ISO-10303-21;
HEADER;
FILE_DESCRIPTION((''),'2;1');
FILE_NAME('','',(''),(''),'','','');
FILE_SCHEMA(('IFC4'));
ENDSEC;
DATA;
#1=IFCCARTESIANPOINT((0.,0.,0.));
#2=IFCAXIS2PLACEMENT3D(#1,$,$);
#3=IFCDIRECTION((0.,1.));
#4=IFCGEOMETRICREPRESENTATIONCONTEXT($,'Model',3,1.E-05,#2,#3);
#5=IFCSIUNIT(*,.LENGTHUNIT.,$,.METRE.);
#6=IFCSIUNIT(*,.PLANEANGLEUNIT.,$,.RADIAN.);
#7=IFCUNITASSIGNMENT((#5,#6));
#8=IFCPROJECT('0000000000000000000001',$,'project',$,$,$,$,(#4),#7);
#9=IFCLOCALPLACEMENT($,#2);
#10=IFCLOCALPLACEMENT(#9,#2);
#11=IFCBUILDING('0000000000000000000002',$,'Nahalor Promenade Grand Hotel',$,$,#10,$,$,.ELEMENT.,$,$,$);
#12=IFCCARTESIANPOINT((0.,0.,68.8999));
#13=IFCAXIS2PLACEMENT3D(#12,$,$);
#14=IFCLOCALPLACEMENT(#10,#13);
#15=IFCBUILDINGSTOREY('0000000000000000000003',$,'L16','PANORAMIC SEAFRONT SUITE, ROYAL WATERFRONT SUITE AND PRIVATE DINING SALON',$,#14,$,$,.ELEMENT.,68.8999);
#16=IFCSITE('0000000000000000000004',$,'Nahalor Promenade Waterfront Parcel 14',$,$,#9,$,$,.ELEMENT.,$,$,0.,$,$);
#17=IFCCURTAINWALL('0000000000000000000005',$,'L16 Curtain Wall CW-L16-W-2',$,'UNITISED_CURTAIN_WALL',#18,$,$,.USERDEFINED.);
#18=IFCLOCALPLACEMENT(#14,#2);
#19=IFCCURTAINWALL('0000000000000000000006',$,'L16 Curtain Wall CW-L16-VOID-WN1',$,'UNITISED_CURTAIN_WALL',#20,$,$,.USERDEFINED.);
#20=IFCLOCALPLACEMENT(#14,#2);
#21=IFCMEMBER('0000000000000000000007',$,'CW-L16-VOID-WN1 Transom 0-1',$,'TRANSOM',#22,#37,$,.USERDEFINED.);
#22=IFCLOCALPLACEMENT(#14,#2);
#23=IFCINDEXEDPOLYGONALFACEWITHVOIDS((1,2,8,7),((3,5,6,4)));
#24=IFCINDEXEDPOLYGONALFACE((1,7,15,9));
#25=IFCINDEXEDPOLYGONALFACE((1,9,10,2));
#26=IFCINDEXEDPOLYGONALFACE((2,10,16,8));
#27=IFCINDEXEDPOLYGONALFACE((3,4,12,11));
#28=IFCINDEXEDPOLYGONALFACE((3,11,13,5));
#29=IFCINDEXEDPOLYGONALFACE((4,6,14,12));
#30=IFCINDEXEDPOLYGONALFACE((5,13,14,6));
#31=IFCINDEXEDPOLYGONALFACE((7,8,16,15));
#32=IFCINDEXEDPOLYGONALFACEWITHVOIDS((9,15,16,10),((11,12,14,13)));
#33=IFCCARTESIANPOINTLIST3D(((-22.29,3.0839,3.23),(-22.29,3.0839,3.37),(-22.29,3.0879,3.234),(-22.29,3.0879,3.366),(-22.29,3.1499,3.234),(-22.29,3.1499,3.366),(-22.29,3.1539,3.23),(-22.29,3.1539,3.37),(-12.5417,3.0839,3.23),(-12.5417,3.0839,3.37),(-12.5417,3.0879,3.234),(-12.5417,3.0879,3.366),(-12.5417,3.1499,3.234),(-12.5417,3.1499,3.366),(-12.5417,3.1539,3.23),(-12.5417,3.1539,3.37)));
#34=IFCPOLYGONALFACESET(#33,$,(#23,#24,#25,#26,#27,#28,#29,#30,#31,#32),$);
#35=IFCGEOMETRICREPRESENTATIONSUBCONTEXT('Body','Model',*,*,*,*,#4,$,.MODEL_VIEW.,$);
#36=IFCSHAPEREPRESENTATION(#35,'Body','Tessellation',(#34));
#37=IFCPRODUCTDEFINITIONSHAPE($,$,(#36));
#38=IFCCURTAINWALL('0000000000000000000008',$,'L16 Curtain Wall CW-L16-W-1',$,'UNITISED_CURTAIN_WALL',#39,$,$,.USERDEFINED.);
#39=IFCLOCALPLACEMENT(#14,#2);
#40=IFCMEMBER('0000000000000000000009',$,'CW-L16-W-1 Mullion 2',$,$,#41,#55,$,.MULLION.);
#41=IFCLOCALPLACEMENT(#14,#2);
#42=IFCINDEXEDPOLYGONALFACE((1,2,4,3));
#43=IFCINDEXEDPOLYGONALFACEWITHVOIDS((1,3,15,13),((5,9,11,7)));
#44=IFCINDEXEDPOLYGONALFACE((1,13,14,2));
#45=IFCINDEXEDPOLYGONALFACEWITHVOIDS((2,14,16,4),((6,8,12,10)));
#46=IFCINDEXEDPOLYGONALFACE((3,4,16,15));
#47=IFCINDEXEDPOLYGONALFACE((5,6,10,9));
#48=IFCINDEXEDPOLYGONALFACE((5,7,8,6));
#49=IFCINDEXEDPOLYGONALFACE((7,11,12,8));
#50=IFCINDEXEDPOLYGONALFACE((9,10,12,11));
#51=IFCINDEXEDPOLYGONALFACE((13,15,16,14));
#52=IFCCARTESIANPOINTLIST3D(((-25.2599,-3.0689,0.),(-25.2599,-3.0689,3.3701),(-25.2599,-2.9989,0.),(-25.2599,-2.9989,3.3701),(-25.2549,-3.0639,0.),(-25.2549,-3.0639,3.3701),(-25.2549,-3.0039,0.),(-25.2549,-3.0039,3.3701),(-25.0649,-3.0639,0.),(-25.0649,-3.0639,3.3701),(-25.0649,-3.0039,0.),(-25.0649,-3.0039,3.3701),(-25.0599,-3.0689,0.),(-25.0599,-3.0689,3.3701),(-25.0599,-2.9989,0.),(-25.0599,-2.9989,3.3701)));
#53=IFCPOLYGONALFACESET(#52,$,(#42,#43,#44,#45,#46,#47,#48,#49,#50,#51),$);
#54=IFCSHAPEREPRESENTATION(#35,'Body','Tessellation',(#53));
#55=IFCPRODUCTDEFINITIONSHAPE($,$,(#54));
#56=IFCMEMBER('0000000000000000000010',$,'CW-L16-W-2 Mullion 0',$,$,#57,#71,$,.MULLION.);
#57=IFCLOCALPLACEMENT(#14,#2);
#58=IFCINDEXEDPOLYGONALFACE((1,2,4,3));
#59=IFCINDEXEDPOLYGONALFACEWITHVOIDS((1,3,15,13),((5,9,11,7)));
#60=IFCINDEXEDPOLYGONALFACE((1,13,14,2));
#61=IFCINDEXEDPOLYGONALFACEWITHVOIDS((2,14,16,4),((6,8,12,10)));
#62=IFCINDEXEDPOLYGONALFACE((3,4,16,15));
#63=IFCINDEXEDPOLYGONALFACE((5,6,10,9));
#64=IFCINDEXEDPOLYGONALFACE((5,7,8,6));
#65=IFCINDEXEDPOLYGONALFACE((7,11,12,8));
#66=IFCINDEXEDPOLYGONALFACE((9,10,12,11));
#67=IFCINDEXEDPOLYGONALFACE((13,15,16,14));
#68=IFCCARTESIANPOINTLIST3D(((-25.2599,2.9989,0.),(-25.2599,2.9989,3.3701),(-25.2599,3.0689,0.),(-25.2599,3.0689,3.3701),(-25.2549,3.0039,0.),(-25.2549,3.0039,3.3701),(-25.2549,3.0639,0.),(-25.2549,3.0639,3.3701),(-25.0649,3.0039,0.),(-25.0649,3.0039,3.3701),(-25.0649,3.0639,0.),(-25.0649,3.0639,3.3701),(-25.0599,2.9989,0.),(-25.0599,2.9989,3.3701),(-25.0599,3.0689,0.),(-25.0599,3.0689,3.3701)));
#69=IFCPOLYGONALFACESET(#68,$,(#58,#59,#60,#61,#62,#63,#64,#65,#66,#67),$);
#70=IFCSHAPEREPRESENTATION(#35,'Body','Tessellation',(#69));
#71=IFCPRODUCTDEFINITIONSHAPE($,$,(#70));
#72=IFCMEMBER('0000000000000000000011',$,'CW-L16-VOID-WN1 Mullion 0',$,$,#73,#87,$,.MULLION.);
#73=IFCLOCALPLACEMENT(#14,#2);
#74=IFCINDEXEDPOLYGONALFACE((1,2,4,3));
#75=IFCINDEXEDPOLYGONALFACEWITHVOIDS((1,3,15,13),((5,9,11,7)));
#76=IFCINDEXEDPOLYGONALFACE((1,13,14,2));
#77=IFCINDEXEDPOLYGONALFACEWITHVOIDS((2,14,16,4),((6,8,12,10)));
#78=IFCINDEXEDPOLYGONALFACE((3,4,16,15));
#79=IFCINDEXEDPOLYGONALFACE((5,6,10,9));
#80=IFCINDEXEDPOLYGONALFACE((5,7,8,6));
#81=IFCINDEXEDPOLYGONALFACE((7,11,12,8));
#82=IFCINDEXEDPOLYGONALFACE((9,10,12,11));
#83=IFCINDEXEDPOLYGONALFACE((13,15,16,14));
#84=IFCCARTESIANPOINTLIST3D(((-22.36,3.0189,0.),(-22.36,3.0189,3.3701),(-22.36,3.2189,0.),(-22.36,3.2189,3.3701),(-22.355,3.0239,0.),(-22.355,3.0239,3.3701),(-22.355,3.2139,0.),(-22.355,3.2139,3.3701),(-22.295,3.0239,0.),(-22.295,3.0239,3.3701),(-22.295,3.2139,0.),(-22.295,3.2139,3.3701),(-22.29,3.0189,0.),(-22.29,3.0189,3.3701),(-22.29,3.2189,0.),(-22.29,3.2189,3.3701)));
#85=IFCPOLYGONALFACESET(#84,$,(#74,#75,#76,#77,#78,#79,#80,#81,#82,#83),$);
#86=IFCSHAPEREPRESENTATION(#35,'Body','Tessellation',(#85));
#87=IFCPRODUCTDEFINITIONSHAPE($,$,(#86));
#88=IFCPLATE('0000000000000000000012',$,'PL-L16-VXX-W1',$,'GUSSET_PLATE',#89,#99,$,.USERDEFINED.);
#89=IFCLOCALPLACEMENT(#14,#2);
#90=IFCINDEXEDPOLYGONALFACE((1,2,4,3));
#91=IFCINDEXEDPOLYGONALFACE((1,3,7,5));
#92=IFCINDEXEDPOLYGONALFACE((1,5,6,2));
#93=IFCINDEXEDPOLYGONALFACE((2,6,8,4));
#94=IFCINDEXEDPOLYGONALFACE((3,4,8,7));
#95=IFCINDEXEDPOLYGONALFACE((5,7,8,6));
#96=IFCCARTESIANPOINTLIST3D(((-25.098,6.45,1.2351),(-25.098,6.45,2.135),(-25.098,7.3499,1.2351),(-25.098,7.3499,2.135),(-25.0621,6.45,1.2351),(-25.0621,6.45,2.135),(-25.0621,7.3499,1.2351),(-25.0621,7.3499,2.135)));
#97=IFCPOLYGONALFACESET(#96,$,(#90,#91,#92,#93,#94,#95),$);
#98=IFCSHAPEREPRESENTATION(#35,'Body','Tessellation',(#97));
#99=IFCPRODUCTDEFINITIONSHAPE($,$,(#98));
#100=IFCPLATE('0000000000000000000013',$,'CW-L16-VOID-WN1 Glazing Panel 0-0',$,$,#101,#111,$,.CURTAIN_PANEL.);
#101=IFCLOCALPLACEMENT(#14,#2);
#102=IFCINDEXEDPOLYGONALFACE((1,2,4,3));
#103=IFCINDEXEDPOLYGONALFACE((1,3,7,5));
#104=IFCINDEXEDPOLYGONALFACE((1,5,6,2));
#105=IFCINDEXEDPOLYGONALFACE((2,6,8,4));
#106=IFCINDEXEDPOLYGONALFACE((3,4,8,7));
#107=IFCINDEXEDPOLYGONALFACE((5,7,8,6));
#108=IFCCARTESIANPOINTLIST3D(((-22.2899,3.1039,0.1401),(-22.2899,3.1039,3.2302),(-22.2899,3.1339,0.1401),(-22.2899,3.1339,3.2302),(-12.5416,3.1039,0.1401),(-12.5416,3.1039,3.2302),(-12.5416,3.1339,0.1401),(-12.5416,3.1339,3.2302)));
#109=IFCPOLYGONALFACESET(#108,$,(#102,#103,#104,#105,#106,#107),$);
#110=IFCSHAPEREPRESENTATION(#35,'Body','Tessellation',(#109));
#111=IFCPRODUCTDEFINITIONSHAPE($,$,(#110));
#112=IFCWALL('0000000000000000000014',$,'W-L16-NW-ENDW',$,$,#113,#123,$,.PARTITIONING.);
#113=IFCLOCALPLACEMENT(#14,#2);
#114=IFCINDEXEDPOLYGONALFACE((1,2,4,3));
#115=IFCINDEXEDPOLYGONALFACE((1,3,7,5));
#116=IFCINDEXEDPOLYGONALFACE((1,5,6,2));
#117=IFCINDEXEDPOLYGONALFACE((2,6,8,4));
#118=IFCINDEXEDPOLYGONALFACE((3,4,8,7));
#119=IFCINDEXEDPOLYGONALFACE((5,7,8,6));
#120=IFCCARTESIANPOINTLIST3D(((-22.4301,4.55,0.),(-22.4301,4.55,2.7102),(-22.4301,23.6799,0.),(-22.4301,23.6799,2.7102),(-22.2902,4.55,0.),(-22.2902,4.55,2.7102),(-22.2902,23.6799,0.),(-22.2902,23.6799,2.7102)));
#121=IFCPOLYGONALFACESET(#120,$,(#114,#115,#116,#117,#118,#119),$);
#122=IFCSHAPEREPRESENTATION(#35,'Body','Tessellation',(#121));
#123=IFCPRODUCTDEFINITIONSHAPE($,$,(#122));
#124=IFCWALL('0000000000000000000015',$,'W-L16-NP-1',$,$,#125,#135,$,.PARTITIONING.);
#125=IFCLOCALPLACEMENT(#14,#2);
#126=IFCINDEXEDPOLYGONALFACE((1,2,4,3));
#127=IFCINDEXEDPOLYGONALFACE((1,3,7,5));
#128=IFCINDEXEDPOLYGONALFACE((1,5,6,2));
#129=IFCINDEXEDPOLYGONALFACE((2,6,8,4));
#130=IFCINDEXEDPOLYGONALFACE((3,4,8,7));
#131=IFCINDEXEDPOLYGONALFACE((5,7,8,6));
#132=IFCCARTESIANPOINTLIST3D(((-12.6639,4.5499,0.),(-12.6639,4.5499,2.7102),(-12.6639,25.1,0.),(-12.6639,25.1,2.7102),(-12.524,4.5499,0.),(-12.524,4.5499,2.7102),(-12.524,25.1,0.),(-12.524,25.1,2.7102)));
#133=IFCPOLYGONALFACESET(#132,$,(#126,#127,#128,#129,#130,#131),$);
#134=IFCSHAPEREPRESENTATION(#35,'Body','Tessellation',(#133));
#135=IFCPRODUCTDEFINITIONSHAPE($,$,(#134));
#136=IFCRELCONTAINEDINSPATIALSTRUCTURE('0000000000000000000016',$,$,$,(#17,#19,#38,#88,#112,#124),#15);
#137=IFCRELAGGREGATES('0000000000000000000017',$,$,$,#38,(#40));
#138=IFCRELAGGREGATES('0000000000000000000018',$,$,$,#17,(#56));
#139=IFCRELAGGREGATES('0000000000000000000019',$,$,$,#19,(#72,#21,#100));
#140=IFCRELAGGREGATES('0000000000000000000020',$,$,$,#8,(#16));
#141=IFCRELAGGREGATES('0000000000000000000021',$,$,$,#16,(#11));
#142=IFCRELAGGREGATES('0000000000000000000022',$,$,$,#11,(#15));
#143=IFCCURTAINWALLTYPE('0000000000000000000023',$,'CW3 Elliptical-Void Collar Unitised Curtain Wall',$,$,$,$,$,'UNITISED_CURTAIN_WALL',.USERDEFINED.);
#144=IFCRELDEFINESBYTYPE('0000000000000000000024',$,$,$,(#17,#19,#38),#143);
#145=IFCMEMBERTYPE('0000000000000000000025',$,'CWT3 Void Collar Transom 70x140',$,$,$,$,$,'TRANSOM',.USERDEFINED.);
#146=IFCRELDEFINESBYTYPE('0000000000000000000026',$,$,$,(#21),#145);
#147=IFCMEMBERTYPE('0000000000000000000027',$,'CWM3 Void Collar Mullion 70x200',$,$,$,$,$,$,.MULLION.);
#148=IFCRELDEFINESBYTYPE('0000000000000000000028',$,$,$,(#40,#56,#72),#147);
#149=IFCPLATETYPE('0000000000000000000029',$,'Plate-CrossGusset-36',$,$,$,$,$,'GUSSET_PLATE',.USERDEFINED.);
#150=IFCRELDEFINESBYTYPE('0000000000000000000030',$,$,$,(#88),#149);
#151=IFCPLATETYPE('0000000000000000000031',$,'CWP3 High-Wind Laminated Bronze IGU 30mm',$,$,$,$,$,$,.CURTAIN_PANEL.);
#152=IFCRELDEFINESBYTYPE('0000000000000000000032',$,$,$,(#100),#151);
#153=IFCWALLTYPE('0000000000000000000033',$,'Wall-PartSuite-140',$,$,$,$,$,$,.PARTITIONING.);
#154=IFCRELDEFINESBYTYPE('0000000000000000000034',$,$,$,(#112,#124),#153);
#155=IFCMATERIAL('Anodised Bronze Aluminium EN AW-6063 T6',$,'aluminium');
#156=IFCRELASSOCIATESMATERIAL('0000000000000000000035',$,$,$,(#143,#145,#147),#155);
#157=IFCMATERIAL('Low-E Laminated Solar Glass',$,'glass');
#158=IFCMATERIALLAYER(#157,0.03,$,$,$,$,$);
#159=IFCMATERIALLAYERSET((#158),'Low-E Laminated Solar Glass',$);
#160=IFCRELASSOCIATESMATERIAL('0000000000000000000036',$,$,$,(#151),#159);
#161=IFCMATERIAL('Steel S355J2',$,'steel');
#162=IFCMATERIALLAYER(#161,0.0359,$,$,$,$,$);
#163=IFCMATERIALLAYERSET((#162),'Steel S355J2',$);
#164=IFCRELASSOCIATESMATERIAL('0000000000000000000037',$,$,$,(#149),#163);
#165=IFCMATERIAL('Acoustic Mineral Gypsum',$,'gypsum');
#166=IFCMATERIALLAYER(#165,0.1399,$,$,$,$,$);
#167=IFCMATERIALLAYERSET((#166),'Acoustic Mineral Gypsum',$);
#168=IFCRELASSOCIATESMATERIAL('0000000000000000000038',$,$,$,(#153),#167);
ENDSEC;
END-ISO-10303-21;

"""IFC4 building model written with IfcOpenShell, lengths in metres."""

from ifc_helpers import new_model, si_unit, direction, frame, frame_2d, origin, origin_2d, place, context, subcontext, project, spatial, rectangle, hollow_rectangle, extrude, source, transform, mapped, material, layer, layer_set, material_profile, profile_set, type_object, element, aggregate, save


model = new_model("IFC4")

# Units and contexts
model_context = context("Model", 3, precision=1e-05, world=origin(), true_north=direction((0.0, 1.0)))
body_context = subcontext(model_context, "Body", "Model", "MODEL_VIEW")
ifc_project = project(units=[si_unit("LENGTHUNIT", "METRE"), si_unit("PLANEANGLEUNIT", "RADIAN")], contexts=[model_context])

# Site, building, storey
site_placement = place(None, origin())
site = spatial("IfcSite", under=ifc_project, at=site_placement, Name="Nahalor Promenade Waterfront Parcel 14", CompositionType="ELEMENT", RefElevation=0.0)
building_placement = place(site_placement, origin())
building = spatial("IfcBuilding", under=site, at=building_placement, Name="Nahalor Promenade Grand Hotel", CompositionType="ELEMENT")
storey_placement = place(building_placement, frame((0.0, 0.0, 68.8999)))
storey = spatial("IfcBuildingStorey", under=building, at=storey_placement, Name="L16", Description="PANORAMIC SEAFRONT SUITE, ROYAL WATERFRONT SUITE AND PRIVATE DINING SALON", CompositionType="ELEMENT", Elevation=68.8999)

# Shared definitions
ifc_material_1 = material(Name="Steel S355J2", Category="steel")

# Curtain walls, member
ifc_material_2 = material(Name="Anodised Bronze Aluminium EN AW-6063 T6", Category="aluminium")
curtain_wall_type = type_object("IfcCurtainWallType", Name="CW3 Elliptical-Void Collar Unitised Curtain Wall", ElementType="UNITISED_CURTAIN_WALL", PredefinedType="USERDEFINED", material=ifc_material_2)
curtain_wall_1_placement = place(storey_placement, origin())
curtain_wall_1 = element("IfcCurtainWall", 1, at=curtain_wall_1_placement, inside=storey, type_object=curtain_wall_type, Name="L16 Curtain Wall CW-L16-W-2", ObjectType="UNITISED_CURTAIN_WALL", PredefinedType="USERDEFINED")
ifc_material_profile_1 = material_profile(ifc_material_2, hollow_rectangle(XDim=0.07, YDim=0.14, WallThickness=0.004, at=origin_2d()), Name="CWT 70x140x4")
ifc_profile_set_1 = profile_set([ifc_material_profile_1], Name="Anodised Bronze Aluminium EN AW-6063 T6")
member_type_1 = type_object("IfcMemberType", Name="CWT3 Void Collar Transom 70x140", ElementType="TRANSOM", PredefinedType="USERDEFINED", material=ifc_profile_set_1)
curtain_wall_2_placement = place(storey_placement, origin())
curtain_wall_2 = element("IfcCurtainWall", 2, at=curtain_wall_2_placement, inside=storey, type_object=curtain_wall_type, Name="L16 Curtain Wall CW-L16-VOID-WN1", ObjectType="UNITISED_CURTAIN_WALL", PredefinedType="USERDEFINED")
shared_shape_1 = source(origin(), body_context, "Body", "SweptSolid", [
    extrude(hollow_rectangle(XDim=0.07, YDim=0.14, WallThickness=0.004, at=origin_2d()), origin(), (0.0, 0.0, 1.0), 9.7483),
])
member_1_placement = place(storey_placement, frame((-22.29, 3.1189, 3.3), z_axis=(1.0, 0.0, 0.0), x_axis=(0.0, 1.0, 0.0)))
member_1 = element("IfcMember", 3, at=member_1_placement, type_object=member_type_1, Name="CW-L16-VOID-WN1 Transom 0-1", ObjectType="TRANSOM", PredefinedType="USERDEFINED", context=body_context, shape_type="MappedRepresentation", body=[
    mapped(shared_shape_1, transform((0.0, 0.0, 0.0), scale=1.0)),
])

# Curtain wall, member
curtain_wall_3_placement = place(storey_placement, origin())
curtain_wall_3 = element("IfcCurtainWall", 4, at=curtain_wall_3_placement, inside=storey, type_object=curtain_wall_type, Name="L16 Curtain Wall CW-L16-W-1", ObjectType="UNITISED_CURTAIN_WALL", PredefinedType="USERDEFINED")
ifc_material_profile_2 = material_profile(ifc_material_2, hollow_rectangle(XDim=0.07, YDim=0.2, WallThickness=0.005, at=origin_2d()), Name="CWM 70x200x5")
ifc_profile_set_2 = profile_set([ifc_material_profile_2], Name="Anodised Bronze Aluminium EN AW-6063 T6")
member_type_2 = type_object("IfcMemberType", Name="CWM3 Void Collar Mullion 70x200", PredefinedType="MULLION", material=ifc_profile_set_2)
shared_shape_2 = source(origin(), body_context, "Body", "SweptSolid", [
    extrude(hollow_rectangle(XDim=0.07, YDim=0.2, WallThickness=0.005, at=origin_2d()), origin(), (0.0, 0.0, 1.0), 3.3701),
])
member_2_placement = place(storey_placement, frame((-25.1599, -3.0339, 0.0), z_axis=(0.0, 0.0, 1.0), x_axis=(0.0, 1.0, 0.0)))
member_2 = element("IfcMember", 5, at=member_2_placement, type_object=member_type_2, Name="CW-L16-W-1 Mullion 2", PredefinedType="MULLION", context=body_context, shape_type="MappedRepresentation", body=[
    mapped(shared_shape_2, transform((0.0, 0.0, 0.0), scale=1.0)),
])
aggregate(curtain_wall_3, [member_2])

# Members
member_3_placement = place(storey_placement, frame((-25.1599, 3.0339, 0.0), z_axis=(0.0, 0.0, 1.0), x_axis=(0.0, 1.0, 0.0)))
member_3 = element("IfcMember", 6, at=member_3_placement, type_object=member_type_2, Name="CW-L16-W-2 Mullion 0", PredefinedType="MULLION", context=body_context, shape_type="MappedRepresentation", body=[
    mapped(shared_shape_2, transform((0.0, 0.0, 0.0), scale=1.0)),
])
member_4_placement = place(storey_placement, frame((-22.325, 3.1189, 0.0), z_axis=(0.0, 0.0, 1.0), x_axis=(1.0, 0.0, 0.0)))
member_4 = element("IfcMember", 7, at=member_4_placement, type_object=member_type_2, Name="CW-L16-VOID-WN1 Mullion 0", PredefinedType="MULLION", context=body_context, shape_type="MappedRepresentation", body=[
    mapped(shared_shape_2, transform((0.0, 0.0, 0.0), scale=1.0)),
])

# Plates
ifc_material_3 = material(Name="Low-E Laminated Solar Glass", Category="glass")
ifc_layer_1 = layer(ifc_material_3, 0.03)
ifc_layer_set_1 = layer_set([ifc_layer_1], Name="Low-E Laminated Solar Glass")
plate_type_1 = type_object("IfcPlateType", Name="CWP3 High-Wind Laminated Bronze IGU 30mm", PredefinedType="CURTAIN_PANEL", material=ifc_layer_set_1)
aggregate(curtain_wall_1, [member_3])
ifc_layer_2 = layer(ifc_material_1, 0.0359)
ifc_layer_set_2 = layer_set([ifc_layer_2], Name="Steel S355J2")
plate_type_2 = type_object("IfcPlateType", Name="Plate-CrossGusset-36", ElementType="GUSSET_PLATE", PredefinedType="USERDEFINED", material=ifc_layer_set_2)
shared_shape_3 = source(origin(), body_context, "Body", "SweptSolid", [
    extrude(rectangle(XDim=0.8999, YDim=0.0359, at=origin_2d()), origin(), (0.0, 0.0, 1.0), 0.8999),
])
plate_1_placement = place(storey_placement, frame((-25.0801, 6.8999, 1.2351), z_axis=(0.0, 0.0, 1.0), x_axis=(0.0, 1.0, 0.0)))
element("IfcPlate", 8, at=plate_1_placement, inside=storey, type_object=plate_type_2, Name="PL-L16-VXX-W1", ObjectType="GUSSET_PLATE", PredefinedType="USERDEFINED", context=body_context, shape_type="MappedRepresentation", body=[
    mapped(shared_shape_3, transform((0.0, 0.0, 0.0), scale=1.0)),
])
shared_shape_4 = source(origin(), body_context, "Body", "SweptSolid", [
    extrude(rectangle(XDim=9.7483, YDim=0.03, at=origin_2d()), origin(), (0.0, 0.0, 1.0), 3.0901),
])
plate_2_placement = place(storey_placement, frame((-17.4158, 3.1189, 0.1401), z_axis=(0.0, 0.0, 1.0), x_axis=(1.0, 0.0, 0.0)))
plate_2 = element("IfcPlate", 9, at=plate_2_placement, type_object=plate_type_1, Name="CW-L16-VOID-WN1 Glazing Panel 0-0", PredefinedType="CURTAIN_PANEL", context=body_context, shape_type="MappedRepresentation", body=[
    mapped(shared_shape_4, transform((0.0, 0.0, 0.0), scale=1.0)),
])
aggregate(curtain_wall_2, [member_4, member_1, plate_2])

# Shared definitions
ifc_material_4 = material(Name="Acoustic Mineral Gypsum", Category="gypsum")

# Walls
ifc_layer_3 = layer(ifc_material_4, 0.1399)
ifc_layer_set_3 = layer_set([ifc_layer_3], Name="Acoustic Mineral Gypsum")
wall_type_1 = type_object("IfcWallType", Name="Wall-PartSuite-140", PredefinedType="PARTITIONING", material=ifc_layer_set_3)
shared_shape_5 = source(origin(), body_context, "Body", "SweptSolid", [
    extrude(rectangle(XDim=19.1299, YDim=0.1399, at=frame_2d((9.5649, 0.0))), origin(), (0.0, 0.0, 1.0), 2.7102),
])
wall_1_placement = place(storey_placement, frame((-22.3601, 4.55, 0.0), z_axis=(0.0, 0.0, 1.0), x_axis=(0.0, 1.0, 0.0)))
element("IfcWall", 10, at=wall_1_placement, inside=storey, type_object=wall_type_1, Name="W-L16-NW-ENDW", PredefinedType="PARTITIONING", context=body_context, shape_type="MappedRepresentation", body=[
    mapped(shared_shape_5, transform((0.0, 0.0, 0.0), scale=1.0)),
])
shared_shape_6 = source(origin(), body_context, "Body", "SweptSolid", [
    extrude(rectangle(XDim=20.55, YDim=0.1399, at=frame_2d((10.2749, 0.0))), origin(), (0.0, 0.0, 1.0), 2.7102),
])
wall_2_placement = place(storey_placement, frame((-12.594, 4.55, 0.0), z_axis=(0.0, 0.0, 1.0), x_axis=(0.0, 1.0, 0.0)))
element("IfcWall", 11, at=wall_2_placement, inside=storey, type_object=wall_type_1, Name="W-L16-NP-1", PredefinedType="PARTITIONING", context=body_context, shape_type="MappedRepresentation", body=[
    mapped(shared_shape_6, transform((0.0, 0.0, 0.0), scale=1.0)),
])

save(model, "model.ifc")
